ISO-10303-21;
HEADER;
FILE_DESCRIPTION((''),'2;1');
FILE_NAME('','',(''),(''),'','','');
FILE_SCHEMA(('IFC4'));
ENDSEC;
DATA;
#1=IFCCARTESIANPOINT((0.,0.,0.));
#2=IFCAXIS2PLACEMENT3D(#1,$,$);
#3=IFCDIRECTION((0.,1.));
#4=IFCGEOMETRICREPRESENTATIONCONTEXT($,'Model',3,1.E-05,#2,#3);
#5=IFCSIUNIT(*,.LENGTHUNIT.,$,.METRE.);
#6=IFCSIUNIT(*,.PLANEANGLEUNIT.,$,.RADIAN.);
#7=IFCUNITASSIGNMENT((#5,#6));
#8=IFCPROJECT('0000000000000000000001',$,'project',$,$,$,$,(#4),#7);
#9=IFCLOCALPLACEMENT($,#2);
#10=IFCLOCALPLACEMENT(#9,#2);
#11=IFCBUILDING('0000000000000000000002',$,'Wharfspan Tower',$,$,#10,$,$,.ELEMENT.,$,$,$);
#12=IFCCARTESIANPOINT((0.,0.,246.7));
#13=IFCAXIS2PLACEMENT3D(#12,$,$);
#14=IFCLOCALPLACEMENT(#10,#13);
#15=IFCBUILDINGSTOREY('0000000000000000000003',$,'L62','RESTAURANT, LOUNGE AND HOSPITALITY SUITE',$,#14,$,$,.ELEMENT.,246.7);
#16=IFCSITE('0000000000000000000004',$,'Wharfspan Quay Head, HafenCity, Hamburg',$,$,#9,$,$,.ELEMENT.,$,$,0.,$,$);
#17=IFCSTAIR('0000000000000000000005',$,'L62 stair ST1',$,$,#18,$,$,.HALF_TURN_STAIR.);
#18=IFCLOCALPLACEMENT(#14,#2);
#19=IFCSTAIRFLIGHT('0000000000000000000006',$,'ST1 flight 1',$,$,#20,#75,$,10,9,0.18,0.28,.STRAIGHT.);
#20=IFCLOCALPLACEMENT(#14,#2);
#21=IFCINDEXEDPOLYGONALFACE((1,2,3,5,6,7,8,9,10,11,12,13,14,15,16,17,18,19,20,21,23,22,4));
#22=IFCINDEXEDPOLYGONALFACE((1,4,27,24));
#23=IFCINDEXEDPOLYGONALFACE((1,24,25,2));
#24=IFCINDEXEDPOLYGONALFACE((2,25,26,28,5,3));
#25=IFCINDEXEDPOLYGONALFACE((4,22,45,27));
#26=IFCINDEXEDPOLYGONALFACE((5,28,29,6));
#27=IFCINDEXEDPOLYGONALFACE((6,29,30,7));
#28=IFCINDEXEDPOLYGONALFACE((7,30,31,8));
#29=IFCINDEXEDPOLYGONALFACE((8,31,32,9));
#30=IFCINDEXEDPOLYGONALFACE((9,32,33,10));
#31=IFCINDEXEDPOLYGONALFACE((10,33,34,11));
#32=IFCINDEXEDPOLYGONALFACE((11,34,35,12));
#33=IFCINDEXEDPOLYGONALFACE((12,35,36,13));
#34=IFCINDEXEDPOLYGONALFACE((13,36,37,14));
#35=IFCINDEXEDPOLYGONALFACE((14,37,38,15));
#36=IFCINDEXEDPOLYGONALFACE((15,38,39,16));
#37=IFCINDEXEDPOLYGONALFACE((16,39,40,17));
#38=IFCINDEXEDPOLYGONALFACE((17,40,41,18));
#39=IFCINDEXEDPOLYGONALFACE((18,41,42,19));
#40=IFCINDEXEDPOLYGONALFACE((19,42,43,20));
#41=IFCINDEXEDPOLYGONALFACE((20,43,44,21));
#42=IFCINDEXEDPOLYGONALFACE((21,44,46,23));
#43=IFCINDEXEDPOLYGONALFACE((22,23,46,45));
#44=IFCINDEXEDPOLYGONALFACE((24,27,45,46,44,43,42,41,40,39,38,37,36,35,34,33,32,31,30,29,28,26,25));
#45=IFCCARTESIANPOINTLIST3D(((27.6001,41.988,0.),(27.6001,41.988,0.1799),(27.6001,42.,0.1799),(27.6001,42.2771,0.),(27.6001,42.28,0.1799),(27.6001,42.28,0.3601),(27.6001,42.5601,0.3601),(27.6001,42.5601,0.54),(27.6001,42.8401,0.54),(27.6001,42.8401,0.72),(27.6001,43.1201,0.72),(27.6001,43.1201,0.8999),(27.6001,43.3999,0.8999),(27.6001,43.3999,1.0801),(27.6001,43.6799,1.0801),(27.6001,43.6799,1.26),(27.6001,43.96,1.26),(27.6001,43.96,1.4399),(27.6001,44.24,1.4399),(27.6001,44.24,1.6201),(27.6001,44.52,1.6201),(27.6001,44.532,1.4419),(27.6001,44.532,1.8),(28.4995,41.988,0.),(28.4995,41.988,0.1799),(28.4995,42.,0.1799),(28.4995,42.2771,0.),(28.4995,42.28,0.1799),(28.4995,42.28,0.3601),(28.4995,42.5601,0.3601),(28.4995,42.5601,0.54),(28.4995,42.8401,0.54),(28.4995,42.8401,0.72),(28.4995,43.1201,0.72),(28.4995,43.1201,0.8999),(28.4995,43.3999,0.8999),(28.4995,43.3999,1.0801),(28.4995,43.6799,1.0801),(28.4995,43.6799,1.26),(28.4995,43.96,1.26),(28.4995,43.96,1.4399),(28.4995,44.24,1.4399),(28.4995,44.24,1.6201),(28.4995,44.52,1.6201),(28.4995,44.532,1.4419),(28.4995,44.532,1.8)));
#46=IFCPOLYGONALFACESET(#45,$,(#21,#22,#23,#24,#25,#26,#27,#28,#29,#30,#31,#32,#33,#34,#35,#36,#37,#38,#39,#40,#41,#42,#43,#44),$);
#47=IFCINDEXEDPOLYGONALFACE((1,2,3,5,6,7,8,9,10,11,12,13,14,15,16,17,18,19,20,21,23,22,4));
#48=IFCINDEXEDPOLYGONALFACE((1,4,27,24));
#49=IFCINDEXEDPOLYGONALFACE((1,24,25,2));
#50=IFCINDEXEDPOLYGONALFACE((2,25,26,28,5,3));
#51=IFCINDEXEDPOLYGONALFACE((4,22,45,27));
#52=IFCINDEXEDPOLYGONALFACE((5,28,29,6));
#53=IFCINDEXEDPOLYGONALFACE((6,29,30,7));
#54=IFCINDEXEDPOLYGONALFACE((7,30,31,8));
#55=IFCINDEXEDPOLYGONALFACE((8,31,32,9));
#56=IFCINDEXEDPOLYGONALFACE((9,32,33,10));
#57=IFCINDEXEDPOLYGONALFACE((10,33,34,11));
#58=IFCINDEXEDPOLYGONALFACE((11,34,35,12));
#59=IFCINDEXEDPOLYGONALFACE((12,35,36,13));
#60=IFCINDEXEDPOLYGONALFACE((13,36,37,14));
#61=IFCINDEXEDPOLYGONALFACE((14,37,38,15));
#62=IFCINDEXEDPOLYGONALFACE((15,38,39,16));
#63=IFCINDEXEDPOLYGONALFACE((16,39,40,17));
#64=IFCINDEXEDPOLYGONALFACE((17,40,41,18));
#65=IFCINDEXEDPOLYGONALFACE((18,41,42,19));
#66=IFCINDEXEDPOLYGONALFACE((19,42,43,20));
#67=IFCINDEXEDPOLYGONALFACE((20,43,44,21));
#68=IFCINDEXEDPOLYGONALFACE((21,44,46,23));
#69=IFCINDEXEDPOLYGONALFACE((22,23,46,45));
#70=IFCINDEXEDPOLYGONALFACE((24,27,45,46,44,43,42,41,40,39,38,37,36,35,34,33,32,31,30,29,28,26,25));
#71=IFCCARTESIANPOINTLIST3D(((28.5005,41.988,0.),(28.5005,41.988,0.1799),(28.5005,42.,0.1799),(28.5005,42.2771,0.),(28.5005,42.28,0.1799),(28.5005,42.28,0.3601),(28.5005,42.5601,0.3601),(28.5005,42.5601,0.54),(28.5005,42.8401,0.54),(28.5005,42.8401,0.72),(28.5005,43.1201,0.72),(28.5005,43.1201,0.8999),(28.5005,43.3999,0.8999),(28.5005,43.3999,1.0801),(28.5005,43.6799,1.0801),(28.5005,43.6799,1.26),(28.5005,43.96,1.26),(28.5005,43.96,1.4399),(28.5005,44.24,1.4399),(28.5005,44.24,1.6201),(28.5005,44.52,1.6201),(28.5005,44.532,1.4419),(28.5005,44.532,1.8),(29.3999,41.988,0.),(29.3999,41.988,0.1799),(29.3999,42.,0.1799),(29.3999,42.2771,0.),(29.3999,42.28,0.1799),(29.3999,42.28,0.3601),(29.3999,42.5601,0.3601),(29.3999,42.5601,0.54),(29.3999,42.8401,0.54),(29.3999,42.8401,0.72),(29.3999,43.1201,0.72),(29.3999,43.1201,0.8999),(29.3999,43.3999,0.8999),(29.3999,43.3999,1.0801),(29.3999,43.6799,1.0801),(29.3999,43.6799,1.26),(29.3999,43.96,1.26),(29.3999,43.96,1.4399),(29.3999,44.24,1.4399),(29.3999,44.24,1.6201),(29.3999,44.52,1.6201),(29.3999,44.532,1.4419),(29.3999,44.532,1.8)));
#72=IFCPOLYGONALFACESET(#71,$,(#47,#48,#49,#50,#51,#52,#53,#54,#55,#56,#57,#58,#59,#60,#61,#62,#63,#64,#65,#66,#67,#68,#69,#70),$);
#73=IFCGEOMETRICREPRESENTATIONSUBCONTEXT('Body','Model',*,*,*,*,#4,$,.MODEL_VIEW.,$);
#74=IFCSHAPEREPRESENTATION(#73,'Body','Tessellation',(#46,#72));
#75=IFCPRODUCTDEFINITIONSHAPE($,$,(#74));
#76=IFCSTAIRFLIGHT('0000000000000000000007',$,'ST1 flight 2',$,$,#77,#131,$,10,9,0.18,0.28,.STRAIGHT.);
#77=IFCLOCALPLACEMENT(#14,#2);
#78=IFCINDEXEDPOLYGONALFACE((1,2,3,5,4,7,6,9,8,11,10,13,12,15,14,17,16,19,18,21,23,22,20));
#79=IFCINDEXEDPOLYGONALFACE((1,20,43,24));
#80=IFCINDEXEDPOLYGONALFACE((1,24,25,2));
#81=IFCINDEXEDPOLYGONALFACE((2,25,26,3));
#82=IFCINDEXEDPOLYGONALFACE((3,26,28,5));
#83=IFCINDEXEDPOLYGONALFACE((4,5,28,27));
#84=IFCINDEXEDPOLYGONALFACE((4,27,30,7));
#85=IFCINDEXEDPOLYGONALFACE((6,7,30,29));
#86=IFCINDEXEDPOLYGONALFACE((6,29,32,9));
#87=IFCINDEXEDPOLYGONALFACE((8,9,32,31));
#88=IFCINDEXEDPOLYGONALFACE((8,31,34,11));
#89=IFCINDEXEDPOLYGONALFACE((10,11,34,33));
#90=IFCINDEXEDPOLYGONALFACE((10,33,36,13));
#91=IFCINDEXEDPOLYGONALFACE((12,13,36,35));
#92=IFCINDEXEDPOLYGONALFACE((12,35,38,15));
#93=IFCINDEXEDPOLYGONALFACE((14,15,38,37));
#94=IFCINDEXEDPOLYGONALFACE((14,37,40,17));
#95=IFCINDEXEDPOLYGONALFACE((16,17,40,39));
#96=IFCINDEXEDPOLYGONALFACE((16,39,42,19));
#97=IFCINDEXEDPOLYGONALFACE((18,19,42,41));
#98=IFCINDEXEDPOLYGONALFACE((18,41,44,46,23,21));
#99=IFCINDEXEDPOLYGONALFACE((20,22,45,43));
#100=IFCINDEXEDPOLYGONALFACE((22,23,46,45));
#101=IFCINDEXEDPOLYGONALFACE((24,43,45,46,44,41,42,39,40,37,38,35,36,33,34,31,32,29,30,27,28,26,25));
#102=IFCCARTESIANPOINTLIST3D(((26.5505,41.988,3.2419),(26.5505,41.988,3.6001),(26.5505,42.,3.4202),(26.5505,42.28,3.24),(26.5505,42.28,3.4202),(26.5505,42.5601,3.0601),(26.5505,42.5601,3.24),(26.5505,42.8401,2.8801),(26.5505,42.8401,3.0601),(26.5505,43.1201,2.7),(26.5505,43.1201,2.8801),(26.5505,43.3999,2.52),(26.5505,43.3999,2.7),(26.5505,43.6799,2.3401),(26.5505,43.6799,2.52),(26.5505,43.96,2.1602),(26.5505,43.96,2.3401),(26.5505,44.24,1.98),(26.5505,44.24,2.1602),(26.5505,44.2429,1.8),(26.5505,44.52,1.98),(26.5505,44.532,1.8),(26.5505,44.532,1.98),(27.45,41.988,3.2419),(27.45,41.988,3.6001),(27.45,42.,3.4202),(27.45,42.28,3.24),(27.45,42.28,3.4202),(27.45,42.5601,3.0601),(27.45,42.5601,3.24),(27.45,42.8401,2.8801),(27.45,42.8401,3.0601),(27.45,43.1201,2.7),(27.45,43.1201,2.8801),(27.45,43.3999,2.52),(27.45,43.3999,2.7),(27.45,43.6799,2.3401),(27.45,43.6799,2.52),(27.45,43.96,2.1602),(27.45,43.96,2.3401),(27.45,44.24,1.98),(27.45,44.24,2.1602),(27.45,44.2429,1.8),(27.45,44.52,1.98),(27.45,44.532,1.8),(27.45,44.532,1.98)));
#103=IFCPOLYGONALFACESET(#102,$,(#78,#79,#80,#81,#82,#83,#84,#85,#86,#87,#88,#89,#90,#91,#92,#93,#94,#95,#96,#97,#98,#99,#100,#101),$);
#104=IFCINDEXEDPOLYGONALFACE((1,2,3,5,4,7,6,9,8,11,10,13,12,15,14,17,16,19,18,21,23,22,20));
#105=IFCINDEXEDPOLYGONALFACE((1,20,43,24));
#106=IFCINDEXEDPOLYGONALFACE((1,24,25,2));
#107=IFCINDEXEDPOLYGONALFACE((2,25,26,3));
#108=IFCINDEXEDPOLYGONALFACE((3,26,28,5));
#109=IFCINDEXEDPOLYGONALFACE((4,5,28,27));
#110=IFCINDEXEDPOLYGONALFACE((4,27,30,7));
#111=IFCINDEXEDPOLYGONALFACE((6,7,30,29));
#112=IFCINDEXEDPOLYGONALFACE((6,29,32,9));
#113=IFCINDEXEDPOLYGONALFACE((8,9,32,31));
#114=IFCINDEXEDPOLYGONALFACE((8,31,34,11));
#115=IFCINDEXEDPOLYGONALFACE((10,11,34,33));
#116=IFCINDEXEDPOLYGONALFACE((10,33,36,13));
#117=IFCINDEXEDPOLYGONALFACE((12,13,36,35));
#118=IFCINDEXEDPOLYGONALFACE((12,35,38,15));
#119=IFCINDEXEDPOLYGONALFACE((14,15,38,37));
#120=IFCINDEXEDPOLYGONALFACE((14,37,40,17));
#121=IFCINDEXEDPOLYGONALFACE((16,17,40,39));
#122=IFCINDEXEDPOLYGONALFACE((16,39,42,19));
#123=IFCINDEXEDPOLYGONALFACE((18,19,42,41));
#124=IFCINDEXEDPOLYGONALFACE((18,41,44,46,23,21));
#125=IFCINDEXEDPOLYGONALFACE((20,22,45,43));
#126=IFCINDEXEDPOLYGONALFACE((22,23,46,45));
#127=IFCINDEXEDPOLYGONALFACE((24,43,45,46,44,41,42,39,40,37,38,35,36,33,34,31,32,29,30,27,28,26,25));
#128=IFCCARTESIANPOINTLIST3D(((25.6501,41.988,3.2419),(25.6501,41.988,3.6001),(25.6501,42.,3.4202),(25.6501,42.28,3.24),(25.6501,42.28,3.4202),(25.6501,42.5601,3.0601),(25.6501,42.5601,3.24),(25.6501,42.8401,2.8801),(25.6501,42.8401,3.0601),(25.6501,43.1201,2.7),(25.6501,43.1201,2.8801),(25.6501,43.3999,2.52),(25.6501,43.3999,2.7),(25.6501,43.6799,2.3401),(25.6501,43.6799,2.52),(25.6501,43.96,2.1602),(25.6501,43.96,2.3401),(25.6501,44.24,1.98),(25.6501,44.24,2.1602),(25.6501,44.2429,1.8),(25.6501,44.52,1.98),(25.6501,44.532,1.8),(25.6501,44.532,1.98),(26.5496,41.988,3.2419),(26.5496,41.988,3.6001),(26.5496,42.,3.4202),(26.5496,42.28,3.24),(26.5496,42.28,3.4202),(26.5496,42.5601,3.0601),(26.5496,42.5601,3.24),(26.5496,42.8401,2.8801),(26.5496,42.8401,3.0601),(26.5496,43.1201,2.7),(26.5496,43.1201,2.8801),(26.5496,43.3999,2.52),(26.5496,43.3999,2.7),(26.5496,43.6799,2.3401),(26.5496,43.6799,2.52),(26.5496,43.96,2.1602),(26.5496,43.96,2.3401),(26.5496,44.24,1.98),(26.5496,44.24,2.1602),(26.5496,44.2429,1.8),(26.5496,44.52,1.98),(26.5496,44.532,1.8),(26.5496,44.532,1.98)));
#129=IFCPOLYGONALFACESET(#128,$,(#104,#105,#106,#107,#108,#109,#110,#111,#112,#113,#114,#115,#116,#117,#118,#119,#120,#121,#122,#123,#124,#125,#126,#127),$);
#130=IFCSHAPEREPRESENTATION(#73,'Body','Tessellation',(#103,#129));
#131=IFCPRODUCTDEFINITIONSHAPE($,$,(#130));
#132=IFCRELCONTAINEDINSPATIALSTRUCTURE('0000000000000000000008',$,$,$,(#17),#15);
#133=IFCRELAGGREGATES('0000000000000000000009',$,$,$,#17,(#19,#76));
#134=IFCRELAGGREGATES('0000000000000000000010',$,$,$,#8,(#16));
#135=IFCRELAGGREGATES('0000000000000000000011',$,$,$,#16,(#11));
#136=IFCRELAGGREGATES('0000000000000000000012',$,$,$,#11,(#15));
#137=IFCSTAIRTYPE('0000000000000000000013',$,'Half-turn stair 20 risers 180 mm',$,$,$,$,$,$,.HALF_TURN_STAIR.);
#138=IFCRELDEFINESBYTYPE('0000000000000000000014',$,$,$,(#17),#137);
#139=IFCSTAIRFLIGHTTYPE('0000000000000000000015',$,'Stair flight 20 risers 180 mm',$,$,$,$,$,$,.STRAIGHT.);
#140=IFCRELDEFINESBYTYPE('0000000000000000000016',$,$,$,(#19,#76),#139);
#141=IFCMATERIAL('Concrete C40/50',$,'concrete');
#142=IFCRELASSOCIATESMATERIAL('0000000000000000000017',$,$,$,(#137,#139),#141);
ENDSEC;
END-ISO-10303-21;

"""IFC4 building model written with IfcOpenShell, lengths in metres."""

from ifc_helpers import new_model, si_unit, direction, frame, origin, place, context, subcontext, project, spatial, polyline, outline, extrude, material, type_object, element, aggregate, save


model = new_model("IFC4")

# Units and contexts
model_context = context("Model", 3, precision=1e-05, world=origin(), true_north=direction((0.0, 1.0)))
body_context = subcontext(model_context, "Body", "Model", "MODEL_VIEW")
ifc_project = project(units=[si_unit("LENGTHUNIT", "METRE"), si_unit("PLANEANGLEUNIT", "RADIAN")], contexts=[model_context])

# Site, building, storey
site_placement = place(None, origin())
site = spatial("IfcSite", under=ifc_project, at=site_placement, Name="Wharfspan Quay Head, HafenCity, Hamburg", CompositionType="ELEMENT", RefElevation=0.0)
building_placement = place(site_placement, origin())
building = spatial("IfcBuilding", under=site, at=building_placement, Name="Wharfspan Tower", CompositionType="ELEMENT")
storey_placement = place(building_placement, frame((0.0, 0.0, 246.7)))
storey = spatial("IfcBuildingStorey", under=building, at=storey_placement, Name="L62", Description="RESTAURANT, LOUNGE AND HOSPITALITY SUITE", CompositionType="ELEMENT", Elevation=246.7)

# Shared definitions
ifc_material_1 = material(Name="Concrete C40/50", Category="concrete")

# Stair, stair flights
stair_type = type_object("IfcStairType", Name="Half-turn stair 20 risers 180 mm", PredefinedType="HALF_TURN_STAIR", material=ifc_material_1)
stair_placement = place(storey_placement, origin())
stair = element("IfcStair", 1, at=stair_placement, inside=storey, type_object=stair_type, Name="L62 stair ST1", PredefinedType="HALF_TURN_STAIR")
stair_flight_type = type_object("IfcStairFlightType", Name="Stair flight 20 risers 180 mm", PredefinedType="STRAIGHT", material=ifc_material_1)
stair_flight_1_placement = place(storey_placement, frame((28.5, 42.0, 0.0), z_axis=(0.0, 0.0, 1.0), x_axis=(0.0, 1.0, 0.0)))
stair_flight_1 = element("IfcStairFlight", 2, at=stair_flight_1_placement, type_object=stair_flight_type, Name="ST1 flight 1", NumberOfRisers=10, NumberOfTreads=9, PredefinedType="STRAIGHT", RiserHeight=0.18, TreadLength=0.28, context=body_context, shape_type="SweptSolid", body=[
    extrude(outline(polyline([(-0.012, 0.0), (-0.012, 0.1799), (0.0, 0.1799), (0.28, 0.1799), (0.28, 0.3601), (0.5601, 0.3601), (0.5601, 0.54), (0.8401, 0.54), (0.8401, 0.72), (1.1201, 0.72), (1.1201, 0.8999), (1.3999, 0.8999), (1.3999, 1.0801), (1.6799, 1.0801), (1.6799, 1.26), (1.96, 1.26), (1.96, 1.4399), (2.24, 1.4399), (2.24, 1.6201), (2.52, 1.6201), (2.532, 1.8), (2.532, 1.4419), (0.2771, 0.0), (-0.012, 0.0)])), frame((0.0, 0.8999, 0.0), z_axis=(0.0, -1.0, 0.0), x_axis=(1.0, 0.0, 0.0)), (0.0, 0.0, 1.0), 0.8994),
    extrude(outline(polyline([(-0.012, 0.0), (-0.012, 0.1799), (0.0, 0.1799), (0.28, 0.1799), (0.28, 0.3601), (0.5601, 0.3601), (0.5601, 0.54), (0.8401, 0.54), (0.8401, 0.72), (1.1201, 0.72), (1.1201, 0.8999), (1.3999, 0.8999), (1.3999, 1.0801), (1.6799, 1.0801), (1.6799, 1.26), (1.96, 1.26), (1.96, 1.4399), (2.24, 1.4399), (2.24, 1.6201), (2.52, 1.6201), (2.532, 1.8), (2.532, 1.4419), (0.2771, 0.0), (-0.012, 0.0)])), frame((0.0, -0.0005, 0.0), z_axis=(0.0, -1.0, 0.0), x_axis=(1.0, 0.0, 0.0)), (0.0, 0.0, 1.0), 0.8994),
])
stair_flight_2_placement = place(storey_placement, frame((26.55, 44.52, 1.8), z_axis=(0.0, 0.0, 1.0), x_axis=(0.0, -1.0, 0.0)))
stair_flight_2 = element("IfcStairFlight", 3, at=stair_flight_2_placement, type_object=stair_flight_type, Name="ST1 flight 2", NumberOfRisers=10, NumberOfTreads=9, PredefinedType="STRAIGHT", RiserHeight=0.18, TreadLength=0.28, context=body_context, shape_type="SweptSolid", body=[
    extrude(outline(polyline([(-0.012, 0.0), (-0.012, 0.1799), (0.0, 0.1799), (0.28, 0.1799), (0.28, 0.3601), (0.5601, 0.3601), (0.5601, 0.54), (0.8401, 0.54), (0.8401, 0.72), (1.1201, 0.72), (1.1201, 0.8999), (1.3999, 0.8999), (1.3999, 1.0801), (1.6799, 1.0801), (1.6799, 1.26), (1.96, 1.26), (1.96, 1.4399), (2.24, 1.4399), (2.24, 1.6201), (2.52, 1.6201), (2.532, 1.8), (2.532, 1.4419), (0.2771, 0.0), (-0.012, 0.0)])), frame((0.0, 0.8999, 0.0), z_axis=(0.0, -1.0, 0.0), x_axis=(1.0, 0.0, 0.0)), (0.0, 0.0, 1.0), 0.8994),
    extrude(outline(polyline([(-0.012, 0.0), (-0.012, 0.1799), (0.0, 0.1799), (0.28, 0.1799), (0.28, 0.3601), (0.5601, 0.3601), (0.5601, 0.54), (0.8401, 0.54), (0.8401, 0.72), (1.1201, 0.72), (1.1201, 0.8999), (1.3999, 0.8999), (1.3999, 1.0801), (1.6799, 1.0801), (1.6799, 1.26), (1.96, 1.26), (1.96, 1.4399), (2.24, 1.4399), (2.24, 1.6201), (2.52, 1.6201), (2.532, 1.8), (2.532, 1.4419), (0.2771, 0.0), (-0.012, 0.0)])), frame((0.0, -0.0005, 0.0), z_axis=(0.0, -1.0, 0.0), x_axis=(1.0, 0.0, 0.0)), (0.0, 0.0, 1.0), 0.8994),
])
aggregate(stair, [stair_flight_1, stair_flight_2])

save(model, "model.ifc")
